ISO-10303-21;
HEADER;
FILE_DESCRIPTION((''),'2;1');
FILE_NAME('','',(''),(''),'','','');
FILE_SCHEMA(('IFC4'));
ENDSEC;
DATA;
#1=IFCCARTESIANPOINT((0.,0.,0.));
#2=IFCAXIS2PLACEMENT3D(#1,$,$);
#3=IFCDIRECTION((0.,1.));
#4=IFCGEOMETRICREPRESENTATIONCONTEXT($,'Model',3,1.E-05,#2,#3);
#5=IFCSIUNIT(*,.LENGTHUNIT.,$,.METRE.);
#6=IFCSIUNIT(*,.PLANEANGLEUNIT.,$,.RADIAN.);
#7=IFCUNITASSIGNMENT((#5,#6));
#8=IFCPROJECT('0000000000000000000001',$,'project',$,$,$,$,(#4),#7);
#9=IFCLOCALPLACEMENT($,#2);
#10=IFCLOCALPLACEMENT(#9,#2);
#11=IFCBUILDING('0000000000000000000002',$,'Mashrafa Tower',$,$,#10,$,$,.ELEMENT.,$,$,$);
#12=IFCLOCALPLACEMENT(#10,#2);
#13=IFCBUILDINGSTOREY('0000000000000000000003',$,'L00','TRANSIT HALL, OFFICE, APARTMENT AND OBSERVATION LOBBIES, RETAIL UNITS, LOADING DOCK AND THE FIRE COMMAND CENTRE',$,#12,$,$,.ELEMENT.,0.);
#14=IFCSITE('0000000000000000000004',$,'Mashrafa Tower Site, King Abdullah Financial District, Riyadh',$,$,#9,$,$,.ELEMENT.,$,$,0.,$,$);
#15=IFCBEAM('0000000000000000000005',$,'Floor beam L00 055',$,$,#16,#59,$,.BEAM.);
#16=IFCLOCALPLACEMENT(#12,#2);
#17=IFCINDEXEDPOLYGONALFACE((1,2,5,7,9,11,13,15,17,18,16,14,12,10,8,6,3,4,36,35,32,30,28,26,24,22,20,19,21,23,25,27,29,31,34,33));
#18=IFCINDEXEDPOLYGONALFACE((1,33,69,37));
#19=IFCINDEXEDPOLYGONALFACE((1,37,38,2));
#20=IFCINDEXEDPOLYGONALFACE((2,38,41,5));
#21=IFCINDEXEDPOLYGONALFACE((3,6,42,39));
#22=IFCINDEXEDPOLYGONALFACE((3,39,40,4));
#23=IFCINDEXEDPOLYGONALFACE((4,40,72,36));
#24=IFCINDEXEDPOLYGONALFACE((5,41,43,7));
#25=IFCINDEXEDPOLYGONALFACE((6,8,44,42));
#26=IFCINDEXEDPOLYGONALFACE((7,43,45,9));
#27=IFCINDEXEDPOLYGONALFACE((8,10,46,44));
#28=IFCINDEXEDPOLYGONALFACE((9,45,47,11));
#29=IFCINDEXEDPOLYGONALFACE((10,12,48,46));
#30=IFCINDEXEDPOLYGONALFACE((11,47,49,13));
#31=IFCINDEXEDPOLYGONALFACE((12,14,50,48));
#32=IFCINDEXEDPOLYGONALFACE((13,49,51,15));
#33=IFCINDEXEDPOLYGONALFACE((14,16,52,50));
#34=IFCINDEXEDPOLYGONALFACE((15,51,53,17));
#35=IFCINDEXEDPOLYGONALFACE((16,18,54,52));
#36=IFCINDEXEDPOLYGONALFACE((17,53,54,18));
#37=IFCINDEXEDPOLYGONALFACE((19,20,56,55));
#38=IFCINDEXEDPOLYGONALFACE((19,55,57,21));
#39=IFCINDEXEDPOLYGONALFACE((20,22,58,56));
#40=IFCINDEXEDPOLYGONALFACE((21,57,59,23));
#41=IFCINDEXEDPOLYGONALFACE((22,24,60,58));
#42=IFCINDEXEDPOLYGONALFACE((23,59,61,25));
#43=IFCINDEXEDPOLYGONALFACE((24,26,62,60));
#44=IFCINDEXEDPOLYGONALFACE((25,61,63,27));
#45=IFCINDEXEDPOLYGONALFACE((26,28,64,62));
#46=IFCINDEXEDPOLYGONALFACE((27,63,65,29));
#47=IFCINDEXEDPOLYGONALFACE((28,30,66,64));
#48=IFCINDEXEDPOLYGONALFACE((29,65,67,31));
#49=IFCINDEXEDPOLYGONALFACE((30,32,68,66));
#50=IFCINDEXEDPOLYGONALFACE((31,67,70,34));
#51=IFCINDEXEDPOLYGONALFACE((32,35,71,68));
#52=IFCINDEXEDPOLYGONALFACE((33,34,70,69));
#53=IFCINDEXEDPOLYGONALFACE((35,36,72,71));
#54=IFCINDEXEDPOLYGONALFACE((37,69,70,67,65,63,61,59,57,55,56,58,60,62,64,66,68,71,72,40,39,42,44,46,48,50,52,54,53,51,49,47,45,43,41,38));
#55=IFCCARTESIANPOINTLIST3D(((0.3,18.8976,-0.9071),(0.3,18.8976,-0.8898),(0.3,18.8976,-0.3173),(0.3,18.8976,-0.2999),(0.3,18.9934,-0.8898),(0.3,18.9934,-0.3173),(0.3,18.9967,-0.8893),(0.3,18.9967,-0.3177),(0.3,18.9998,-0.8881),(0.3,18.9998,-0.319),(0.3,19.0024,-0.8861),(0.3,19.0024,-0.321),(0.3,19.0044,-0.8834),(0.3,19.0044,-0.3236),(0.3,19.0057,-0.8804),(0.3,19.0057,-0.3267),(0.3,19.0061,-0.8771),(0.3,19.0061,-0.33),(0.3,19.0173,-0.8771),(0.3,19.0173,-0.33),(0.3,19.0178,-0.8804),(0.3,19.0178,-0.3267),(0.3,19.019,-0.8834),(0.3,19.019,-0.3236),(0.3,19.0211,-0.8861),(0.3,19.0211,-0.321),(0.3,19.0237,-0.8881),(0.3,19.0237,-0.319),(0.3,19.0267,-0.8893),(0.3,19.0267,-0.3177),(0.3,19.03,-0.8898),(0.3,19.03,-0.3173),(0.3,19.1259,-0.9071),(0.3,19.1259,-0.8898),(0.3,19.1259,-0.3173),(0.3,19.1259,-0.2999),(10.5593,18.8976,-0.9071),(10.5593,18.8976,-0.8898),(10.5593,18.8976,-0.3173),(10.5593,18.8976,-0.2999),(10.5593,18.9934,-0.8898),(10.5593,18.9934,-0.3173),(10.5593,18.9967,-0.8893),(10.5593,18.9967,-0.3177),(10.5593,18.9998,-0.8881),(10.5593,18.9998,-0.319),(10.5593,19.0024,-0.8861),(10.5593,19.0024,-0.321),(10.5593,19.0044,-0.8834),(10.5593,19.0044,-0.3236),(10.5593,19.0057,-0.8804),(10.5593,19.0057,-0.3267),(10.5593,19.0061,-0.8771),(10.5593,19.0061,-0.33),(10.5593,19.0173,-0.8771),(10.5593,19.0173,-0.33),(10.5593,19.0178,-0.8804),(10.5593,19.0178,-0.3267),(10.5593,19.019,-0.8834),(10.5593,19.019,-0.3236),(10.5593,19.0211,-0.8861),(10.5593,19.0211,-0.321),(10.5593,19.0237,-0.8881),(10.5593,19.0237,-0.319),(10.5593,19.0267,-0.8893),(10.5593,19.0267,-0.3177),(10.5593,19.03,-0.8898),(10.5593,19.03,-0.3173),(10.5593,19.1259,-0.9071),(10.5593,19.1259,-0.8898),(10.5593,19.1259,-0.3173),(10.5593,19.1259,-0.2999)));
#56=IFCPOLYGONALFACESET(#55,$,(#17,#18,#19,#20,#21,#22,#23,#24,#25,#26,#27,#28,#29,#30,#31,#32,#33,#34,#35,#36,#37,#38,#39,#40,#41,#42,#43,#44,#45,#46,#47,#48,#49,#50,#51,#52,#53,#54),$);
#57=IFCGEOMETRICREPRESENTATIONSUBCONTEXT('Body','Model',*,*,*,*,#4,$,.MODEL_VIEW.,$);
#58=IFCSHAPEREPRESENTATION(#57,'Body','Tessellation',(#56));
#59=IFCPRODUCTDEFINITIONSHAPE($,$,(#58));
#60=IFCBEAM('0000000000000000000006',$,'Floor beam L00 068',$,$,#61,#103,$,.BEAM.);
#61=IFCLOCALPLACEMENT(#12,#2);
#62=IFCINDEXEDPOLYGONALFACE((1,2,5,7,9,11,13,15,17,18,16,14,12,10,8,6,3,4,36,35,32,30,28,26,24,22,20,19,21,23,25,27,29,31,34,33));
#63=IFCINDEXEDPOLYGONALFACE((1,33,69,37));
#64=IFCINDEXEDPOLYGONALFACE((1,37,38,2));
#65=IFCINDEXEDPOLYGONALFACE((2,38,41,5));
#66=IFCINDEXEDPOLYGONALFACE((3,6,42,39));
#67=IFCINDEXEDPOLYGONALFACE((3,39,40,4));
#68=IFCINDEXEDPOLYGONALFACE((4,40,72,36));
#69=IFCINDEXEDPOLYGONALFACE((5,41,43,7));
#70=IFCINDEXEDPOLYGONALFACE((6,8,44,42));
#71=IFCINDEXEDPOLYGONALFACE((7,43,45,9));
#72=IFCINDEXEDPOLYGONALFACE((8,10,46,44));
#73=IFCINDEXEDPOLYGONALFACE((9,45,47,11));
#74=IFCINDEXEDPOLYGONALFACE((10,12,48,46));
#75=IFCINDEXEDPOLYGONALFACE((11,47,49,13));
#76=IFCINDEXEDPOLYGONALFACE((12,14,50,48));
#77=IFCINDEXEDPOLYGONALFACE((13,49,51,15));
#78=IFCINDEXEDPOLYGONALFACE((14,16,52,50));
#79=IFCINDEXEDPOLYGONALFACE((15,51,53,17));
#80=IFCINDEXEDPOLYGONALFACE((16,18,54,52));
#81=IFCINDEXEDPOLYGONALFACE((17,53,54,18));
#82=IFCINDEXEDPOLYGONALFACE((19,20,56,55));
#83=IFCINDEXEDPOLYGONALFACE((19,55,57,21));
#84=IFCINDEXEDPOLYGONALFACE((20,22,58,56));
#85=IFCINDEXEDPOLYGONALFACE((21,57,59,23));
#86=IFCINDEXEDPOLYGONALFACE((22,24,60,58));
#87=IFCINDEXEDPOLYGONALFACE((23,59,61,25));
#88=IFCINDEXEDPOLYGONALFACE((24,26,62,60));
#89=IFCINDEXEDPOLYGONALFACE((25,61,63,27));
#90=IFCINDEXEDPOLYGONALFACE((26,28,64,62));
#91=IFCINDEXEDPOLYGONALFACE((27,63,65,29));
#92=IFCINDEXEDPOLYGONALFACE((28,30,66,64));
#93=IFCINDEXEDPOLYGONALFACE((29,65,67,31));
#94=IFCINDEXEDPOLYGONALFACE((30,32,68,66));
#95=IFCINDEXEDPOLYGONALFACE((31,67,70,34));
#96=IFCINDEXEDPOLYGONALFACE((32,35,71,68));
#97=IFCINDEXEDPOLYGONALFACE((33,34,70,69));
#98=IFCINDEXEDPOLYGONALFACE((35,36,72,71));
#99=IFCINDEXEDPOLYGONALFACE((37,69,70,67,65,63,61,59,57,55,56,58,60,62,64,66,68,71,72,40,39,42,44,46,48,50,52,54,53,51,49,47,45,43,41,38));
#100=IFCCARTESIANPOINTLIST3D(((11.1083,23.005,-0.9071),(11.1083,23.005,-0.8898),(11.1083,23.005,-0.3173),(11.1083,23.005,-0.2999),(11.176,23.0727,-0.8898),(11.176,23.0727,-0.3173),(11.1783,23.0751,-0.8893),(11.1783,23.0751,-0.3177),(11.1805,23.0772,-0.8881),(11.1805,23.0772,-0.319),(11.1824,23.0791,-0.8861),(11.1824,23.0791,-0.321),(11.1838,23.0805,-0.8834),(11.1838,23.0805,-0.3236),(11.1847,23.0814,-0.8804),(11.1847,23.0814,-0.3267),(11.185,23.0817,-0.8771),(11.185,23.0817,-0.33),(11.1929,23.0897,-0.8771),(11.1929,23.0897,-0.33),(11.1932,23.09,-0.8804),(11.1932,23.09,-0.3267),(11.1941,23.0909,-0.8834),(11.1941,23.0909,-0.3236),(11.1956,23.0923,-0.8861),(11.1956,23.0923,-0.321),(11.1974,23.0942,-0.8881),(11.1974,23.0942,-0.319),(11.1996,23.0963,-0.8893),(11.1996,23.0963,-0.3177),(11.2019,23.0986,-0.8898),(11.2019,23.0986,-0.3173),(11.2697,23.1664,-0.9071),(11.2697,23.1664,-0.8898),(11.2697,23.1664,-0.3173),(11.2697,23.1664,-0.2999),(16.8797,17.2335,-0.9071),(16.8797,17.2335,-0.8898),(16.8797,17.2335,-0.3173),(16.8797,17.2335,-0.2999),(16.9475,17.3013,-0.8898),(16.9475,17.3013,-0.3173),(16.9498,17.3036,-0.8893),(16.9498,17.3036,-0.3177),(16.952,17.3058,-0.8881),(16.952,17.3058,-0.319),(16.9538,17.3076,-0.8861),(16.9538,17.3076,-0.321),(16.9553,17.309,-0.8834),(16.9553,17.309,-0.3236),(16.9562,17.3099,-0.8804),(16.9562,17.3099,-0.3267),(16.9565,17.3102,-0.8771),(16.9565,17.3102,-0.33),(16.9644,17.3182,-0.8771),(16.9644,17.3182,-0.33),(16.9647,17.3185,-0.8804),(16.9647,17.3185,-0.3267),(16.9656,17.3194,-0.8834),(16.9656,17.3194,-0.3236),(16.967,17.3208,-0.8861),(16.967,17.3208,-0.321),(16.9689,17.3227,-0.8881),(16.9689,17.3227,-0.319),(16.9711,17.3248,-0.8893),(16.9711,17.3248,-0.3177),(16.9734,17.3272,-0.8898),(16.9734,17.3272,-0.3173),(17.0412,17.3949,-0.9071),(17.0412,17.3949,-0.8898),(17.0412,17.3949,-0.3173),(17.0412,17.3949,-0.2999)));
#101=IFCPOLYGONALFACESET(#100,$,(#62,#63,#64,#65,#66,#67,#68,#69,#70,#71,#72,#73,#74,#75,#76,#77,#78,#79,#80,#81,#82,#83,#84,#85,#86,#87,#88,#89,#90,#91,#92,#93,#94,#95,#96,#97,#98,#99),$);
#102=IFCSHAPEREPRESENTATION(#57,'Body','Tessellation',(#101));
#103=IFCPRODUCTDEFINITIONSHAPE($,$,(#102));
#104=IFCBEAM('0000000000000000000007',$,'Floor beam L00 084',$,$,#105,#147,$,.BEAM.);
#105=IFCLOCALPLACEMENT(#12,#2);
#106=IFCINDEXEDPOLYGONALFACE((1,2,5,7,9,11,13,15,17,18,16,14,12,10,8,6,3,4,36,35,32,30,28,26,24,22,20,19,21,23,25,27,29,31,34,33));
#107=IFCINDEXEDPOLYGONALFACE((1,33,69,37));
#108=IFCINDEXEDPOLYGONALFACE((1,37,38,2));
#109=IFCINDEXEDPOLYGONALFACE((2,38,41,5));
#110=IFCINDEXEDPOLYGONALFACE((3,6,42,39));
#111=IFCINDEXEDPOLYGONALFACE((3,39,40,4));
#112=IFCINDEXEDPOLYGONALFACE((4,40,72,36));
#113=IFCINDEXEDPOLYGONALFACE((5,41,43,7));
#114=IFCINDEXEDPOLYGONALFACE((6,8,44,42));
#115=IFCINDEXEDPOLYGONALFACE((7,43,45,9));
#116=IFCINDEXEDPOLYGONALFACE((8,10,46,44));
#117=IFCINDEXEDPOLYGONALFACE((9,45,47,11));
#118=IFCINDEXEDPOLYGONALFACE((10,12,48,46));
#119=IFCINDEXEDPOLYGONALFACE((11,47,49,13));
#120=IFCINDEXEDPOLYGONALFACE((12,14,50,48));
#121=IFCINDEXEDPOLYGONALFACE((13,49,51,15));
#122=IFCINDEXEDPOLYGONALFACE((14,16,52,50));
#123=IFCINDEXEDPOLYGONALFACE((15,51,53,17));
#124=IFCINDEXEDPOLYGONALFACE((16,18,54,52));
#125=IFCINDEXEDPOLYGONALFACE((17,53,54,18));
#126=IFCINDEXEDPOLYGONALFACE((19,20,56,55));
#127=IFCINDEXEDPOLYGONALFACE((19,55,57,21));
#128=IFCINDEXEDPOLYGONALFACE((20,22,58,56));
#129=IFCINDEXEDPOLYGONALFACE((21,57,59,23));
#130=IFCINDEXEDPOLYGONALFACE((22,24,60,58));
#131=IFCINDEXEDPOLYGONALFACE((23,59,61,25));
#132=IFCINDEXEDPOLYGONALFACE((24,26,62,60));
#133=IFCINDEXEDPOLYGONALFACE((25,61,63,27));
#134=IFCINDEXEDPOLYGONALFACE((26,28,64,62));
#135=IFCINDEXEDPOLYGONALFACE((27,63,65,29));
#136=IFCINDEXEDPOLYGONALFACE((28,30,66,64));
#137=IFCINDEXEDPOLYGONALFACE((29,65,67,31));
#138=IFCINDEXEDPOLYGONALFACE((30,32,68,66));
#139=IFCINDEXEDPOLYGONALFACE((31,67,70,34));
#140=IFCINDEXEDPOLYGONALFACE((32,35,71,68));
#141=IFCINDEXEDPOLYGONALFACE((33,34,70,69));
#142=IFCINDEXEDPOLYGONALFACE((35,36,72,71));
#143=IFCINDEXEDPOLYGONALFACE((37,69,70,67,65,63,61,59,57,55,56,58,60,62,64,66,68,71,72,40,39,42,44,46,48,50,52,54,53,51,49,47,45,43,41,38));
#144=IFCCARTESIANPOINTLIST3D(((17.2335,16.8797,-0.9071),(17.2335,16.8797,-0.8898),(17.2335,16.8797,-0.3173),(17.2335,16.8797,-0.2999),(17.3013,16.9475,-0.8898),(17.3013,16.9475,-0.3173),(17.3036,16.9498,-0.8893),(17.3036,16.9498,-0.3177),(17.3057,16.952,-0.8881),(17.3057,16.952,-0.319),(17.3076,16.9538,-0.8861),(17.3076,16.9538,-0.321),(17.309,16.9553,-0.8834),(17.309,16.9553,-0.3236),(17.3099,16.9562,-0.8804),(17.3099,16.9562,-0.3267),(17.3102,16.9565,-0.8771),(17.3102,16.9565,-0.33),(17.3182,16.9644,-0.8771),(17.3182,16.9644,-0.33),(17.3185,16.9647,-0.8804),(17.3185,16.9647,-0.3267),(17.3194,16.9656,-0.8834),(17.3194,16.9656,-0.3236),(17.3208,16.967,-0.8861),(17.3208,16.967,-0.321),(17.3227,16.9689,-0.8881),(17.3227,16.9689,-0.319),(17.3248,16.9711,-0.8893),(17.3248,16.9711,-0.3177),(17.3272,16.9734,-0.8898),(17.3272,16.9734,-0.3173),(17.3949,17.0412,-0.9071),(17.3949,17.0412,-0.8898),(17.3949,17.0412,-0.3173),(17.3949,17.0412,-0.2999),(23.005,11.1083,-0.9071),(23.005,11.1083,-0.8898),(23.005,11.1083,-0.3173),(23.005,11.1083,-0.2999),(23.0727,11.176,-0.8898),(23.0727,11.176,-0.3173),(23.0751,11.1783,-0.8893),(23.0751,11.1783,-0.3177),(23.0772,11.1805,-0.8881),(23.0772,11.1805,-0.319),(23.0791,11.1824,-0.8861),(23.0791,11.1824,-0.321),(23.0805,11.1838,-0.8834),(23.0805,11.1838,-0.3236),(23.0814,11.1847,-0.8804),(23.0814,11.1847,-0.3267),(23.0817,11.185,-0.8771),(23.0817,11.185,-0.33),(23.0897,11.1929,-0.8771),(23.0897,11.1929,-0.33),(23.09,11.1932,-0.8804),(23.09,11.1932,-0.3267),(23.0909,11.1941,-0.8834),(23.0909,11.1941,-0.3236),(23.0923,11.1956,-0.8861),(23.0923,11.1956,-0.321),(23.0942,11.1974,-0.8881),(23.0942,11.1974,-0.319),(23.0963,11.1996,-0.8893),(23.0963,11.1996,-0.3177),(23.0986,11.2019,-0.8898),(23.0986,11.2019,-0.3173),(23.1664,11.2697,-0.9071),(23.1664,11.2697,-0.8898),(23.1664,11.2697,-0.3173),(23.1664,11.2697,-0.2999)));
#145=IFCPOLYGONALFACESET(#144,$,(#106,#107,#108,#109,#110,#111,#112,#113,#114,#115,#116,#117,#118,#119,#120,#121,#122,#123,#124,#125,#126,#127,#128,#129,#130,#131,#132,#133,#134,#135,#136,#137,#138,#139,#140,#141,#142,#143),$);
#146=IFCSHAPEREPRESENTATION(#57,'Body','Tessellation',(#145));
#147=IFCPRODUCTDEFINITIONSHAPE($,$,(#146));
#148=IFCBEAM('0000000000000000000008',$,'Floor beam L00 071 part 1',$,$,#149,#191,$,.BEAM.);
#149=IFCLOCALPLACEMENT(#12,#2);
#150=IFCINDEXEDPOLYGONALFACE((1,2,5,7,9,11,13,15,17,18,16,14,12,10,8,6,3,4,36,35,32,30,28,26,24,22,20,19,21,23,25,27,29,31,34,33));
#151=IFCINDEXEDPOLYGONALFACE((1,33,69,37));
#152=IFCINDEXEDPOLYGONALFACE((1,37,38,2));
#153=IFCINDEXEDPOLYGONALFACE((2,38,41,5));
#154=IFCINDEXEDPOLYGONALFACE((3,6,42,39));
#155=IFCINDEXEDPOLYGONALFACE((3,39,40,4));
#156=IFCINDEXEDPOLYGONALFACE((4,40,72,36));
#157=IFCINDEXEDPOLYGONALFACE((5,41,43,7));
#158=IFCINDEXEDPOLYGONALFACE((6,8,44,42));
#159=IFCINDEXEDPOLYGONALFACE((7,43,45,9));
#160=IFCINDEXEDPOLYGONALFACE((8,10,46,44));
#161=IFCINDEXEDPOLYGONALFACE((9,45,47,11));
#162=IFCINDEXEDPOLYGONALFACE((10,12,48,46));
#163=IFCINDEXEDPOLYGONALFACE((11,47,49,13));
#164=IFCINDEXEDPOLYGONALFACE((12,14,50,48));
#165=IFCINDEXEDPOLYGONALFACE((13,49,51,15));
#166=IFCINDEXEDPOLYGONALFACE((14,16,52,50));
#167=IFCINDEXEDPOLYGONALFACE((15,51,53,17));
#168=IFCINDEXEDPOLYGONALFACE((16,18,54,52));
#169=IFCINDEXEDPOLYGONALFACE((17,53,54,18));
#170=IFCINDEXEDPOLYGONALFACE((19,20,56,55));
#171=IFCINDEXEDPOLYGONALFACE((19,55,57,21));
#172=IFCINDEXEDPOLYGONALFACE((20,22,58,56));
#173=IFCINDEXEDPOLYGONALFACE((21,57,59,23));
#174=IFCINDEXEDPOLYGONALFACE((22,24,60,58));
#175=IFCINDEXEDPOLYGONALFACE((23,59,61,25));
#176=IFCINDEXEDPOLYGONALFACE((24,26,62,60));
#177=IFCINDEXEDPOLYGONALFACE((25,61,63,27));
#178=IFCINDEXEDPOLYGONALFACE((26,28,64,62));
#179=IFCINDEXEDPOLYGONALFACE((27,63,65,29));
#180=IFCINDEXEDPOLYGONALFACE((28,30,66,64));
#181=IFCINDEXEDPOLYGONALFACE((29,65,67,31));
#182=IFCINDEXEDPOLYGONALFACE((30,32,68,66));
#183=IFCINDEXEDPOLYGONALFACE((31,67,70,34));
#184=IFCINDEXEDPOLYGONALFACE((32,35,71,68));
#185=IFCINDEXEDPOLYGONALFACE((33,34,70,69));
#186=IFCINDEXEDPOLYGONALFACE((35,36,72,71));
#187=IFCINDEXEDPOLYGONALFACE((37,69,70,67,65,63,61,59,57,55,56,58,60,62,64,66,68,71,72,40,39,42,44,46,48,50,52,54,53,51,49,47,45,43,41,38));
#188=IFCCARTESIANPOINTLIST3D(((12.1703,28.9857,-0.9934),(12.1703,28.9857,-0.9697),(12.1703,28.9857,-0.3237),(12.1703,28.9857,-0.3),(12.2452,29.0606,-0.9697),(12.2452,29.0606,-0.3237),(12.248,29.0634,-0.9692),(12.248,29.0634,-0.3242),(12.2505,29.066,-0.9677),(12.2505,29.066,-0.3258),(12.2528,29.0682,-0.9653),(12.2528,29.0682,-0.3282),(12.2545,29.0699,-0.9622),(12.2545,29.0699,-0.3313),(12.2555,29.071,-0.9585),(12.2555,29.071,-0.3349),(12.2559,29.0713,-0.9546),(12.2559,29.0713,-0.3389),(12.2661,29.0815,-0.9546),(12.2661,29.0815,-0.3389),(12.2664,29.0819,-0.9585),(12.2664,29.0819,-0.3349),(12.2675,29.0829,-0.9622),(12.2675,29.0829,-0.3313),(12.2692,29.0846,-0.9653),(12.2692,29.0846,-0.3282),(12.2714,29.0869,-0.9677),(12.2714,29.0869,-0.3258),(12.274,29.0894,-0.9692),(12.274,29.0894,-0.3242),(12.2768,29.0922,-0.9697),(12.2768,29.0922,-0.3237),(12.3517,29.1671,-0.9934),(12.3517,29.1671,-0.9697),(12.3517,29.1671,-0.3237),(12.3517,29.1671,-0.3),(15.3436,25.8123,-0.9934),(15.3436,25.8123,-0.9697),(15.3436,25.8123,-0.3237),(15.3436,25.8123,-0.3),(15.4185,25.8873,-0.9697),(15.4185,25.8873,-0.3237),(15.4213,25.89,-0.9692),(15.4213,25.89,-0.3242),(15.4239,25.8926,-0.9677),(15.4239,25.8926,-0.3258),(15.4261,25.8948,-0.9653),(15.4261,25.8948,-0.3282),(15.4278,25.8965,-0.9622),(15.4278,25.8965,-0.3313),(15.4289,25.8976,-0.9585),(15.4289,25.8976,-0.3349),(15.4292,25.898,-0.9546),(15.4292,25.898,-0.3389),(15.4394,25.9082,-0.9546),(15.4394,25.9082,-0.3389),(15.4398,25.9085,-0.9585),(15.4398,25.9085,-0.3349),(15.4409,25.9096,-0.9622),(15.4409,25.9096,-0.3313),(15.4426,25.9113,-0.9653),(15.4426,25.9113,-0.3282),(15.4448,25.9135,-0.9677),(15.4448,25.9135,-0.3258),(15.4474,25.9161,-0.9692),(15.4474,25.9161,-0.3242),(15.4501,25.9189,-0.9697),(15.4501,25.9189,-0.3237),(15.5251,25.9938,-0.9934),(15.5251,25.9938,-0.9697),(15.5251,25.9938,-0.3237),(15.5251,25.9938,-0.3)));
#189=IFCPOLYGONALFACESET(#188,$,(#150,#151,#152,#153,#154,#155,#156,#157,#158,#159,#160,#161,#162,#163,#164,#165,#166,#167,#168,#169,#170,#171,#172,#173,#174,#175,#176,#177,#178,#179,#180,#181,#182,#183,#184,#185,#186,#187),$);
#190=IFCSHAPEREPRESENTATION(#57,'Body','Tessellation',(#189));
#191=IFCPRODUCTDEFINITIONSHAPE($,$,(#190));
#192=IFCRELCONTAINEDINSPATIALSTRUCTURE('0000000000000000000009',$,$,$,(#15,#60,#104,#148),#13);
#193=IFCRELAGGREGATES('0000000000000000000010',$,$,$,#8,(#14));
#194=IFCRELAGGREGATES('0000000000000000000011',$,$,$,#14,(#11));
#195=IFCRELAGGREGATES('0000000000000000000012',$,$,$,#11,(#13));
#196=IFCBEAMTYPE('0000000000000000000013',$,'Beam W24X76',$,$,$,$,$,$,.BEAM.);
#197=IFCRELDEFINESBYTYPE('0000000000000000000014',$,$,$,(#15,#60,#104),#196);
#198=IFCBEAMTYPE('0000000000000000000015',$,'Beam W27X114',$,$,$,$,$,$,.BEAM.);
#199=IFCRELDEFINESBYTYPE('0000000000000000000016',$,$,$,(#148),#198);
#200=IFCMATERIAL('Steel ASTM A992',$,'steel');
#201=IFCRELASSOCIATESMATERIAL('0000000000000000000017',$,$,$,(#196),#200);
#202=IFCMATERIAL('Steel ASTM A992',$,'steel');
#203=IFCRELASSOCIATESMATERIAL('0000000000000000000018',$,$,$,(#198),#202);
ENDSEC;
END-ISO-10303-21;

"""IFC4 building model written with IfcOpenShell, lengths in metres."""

from ifc_helpers import new_model, si_unit, direction, frame, origin, origin_2d, place, context, subcontext, project, spatial, i_section, extrude, material, material_profile, profile_set, type_object, element, save


model = new_model("IFC4")

# Units and contexts
model_context = context("Model", 3, precision=1e-05, world=origin(), true_north=direction((0.0, 1.0)))
body_context = subcontext(model_context, "Body", "Model", "MODEL_VIEW")
ifc_project = project(units=[si_unit("LENGTHUNIT", "METRE"), si_unit("PLANEANGLEUNIT", "RADIAN")], contexts=[model_context])

# Site, building, storey
site_placement = place(None, origin())
site = spatial("IfcSite", under=ifc_project, at=site_placement, Name="Mashrafa Tower Site, King Abdullah Financial District, Riyadh", CompositionType="ELEMENT", RefElevation=0.0)
building_placement = place(site_placement, origin())
building = spatial("IfcBuilding", under=site, at=building_placement, Name="Mashrafa Tower", CompositionType="ELEMENT")
storey_placement = place(building_placement, origin())
storey = spatial("IfcBuildingStorey", under=building, at=storey_placement, Name="L00", Description="TRANSIT HALL, OFFICE, APARTMENT AND OBSERVATION LOBBIES, RETAIL UNITS, LOADING DOCK AND THE FIRE COMMAND CENTRE", CompositionType="ELEMENT", Elevation=0.0)

# Beams
ifc_material_1 = material(Name="Steel ASTM A992", Category="steel")
ifc_material_profile_1 = material_profile(ifc_material_1, i_section(OverallWidth=0.2283, OverallDepth=0.6072, WebThickness=0.0112, FlangeThickness=0.0173, FilletRadius=0.0127, at=origin_2d()), Name="W24X76")
ifc_profile_set_1 = profile_set([ifc_material_profile_1], Name="Steel ASTM A992")
beam_type_1 = type_object("IfcBeamType", Name="Beam W24X76", PredefinedType="BEAM", material=ifc_profile_set_1)
beam_1_placement = place(storey_placement, frame((0.3, 19.0117, -0.6035), z_axis=(1.0, 0.0, 0.0), x_axis=(0.0, 1.0, 0.0)))
element("IfcBeam", 1, at=beam_1_placement, inside=storey, type_object=beam_type_1, Name="Floor beam L00 055", PredefinedType="BEAM", context=body_context, shape_type="SweptSolid", body=[
    extrude(i_section(OverallWidth=0.2283, OverallDepth=0.6072, WebThickness=0.0112, FlangeThickness=0.0173, FilletRadius=0.0127, at=origin_2d()), origin(), (0.0, 0.0, 1.0), 10.2593),
])
for number, where, z_axis, x_axis, name in (
    (2, (11.189, 23.0857, -0.6035), (0.707107, -0.707107, 0.0), (0.707107, 0.707107, 0.0), "Floor beam L00 068"),
    (3, (17.3142, 16.9604, -0.6035), (0.707107, -0.707107, 0.0), (0.707107, 0.707107, 0.0), "Floor beam L00 084"),
):
    element("IfcBeam", number, at=place(storey_placement, frame(where, z_axis=z_axis, x_axis=x_axis)), inside=storey, type_object=beam_type_1, Name=name, PredefinedType="BEAM", context=body_context, shape_type="SweptSolid", body=[
        extrude(i_section(OverallWidth=0.2283, OverallDepth=0.6072, WebThickness=0.0112, FlangeThickness=0.0173, FilletRadius=0.0127, at=origin_2d()), origin(), (0.0, 0.0, 1.0), 8.1621),
    ])
ifc_material_2 = material(Name="Steel ASTM A992", Category="steel")
ifc_material_profile_2 = material_profile(ifc_material_2, i_section(OverallWidth=0.2566, OverallDepth=0.6934, WebThickness=0.0144, FlangeThickness=0.0237, FilletRadius=0.0151, at=origin_2d()), Name="W27X114")
ifc_profile_set_2 = profile_set([ifc_material_profile_2], Name="Steel ASTM A992")
beam_type_2 = type_object("IfcBeamType", Name="Beam W27X114", PredefinedType="BEAM", material=ifc_profile_set_2)
beam_2_placement = place(storey_placement, frame((12.261, 29.0764, -0.6467), z_axis=(0.707107, -0.707107, 0.0), x_axis=(0.707107, 0.707107, 0.0)))
element("IfcBeam", 4, at=beam_2_placement, inside=storey, type_object=beam_type_2, Name="Floor beam L00 071 part 1", PredefinedType="BEAM", context=body_context, shape_type="SweptSolid", body=[
    extrude(i_section(OverallWidth=0.2566, OverallDepth=0.6934, WebThickness=0.0144, FlangeThickness=0.0237, FilletRadius=0.0151, at=origin_2d()), origin(), (0.0, 0.0, 1.0), 4.4878),
])

save(model, "model.ifc")
